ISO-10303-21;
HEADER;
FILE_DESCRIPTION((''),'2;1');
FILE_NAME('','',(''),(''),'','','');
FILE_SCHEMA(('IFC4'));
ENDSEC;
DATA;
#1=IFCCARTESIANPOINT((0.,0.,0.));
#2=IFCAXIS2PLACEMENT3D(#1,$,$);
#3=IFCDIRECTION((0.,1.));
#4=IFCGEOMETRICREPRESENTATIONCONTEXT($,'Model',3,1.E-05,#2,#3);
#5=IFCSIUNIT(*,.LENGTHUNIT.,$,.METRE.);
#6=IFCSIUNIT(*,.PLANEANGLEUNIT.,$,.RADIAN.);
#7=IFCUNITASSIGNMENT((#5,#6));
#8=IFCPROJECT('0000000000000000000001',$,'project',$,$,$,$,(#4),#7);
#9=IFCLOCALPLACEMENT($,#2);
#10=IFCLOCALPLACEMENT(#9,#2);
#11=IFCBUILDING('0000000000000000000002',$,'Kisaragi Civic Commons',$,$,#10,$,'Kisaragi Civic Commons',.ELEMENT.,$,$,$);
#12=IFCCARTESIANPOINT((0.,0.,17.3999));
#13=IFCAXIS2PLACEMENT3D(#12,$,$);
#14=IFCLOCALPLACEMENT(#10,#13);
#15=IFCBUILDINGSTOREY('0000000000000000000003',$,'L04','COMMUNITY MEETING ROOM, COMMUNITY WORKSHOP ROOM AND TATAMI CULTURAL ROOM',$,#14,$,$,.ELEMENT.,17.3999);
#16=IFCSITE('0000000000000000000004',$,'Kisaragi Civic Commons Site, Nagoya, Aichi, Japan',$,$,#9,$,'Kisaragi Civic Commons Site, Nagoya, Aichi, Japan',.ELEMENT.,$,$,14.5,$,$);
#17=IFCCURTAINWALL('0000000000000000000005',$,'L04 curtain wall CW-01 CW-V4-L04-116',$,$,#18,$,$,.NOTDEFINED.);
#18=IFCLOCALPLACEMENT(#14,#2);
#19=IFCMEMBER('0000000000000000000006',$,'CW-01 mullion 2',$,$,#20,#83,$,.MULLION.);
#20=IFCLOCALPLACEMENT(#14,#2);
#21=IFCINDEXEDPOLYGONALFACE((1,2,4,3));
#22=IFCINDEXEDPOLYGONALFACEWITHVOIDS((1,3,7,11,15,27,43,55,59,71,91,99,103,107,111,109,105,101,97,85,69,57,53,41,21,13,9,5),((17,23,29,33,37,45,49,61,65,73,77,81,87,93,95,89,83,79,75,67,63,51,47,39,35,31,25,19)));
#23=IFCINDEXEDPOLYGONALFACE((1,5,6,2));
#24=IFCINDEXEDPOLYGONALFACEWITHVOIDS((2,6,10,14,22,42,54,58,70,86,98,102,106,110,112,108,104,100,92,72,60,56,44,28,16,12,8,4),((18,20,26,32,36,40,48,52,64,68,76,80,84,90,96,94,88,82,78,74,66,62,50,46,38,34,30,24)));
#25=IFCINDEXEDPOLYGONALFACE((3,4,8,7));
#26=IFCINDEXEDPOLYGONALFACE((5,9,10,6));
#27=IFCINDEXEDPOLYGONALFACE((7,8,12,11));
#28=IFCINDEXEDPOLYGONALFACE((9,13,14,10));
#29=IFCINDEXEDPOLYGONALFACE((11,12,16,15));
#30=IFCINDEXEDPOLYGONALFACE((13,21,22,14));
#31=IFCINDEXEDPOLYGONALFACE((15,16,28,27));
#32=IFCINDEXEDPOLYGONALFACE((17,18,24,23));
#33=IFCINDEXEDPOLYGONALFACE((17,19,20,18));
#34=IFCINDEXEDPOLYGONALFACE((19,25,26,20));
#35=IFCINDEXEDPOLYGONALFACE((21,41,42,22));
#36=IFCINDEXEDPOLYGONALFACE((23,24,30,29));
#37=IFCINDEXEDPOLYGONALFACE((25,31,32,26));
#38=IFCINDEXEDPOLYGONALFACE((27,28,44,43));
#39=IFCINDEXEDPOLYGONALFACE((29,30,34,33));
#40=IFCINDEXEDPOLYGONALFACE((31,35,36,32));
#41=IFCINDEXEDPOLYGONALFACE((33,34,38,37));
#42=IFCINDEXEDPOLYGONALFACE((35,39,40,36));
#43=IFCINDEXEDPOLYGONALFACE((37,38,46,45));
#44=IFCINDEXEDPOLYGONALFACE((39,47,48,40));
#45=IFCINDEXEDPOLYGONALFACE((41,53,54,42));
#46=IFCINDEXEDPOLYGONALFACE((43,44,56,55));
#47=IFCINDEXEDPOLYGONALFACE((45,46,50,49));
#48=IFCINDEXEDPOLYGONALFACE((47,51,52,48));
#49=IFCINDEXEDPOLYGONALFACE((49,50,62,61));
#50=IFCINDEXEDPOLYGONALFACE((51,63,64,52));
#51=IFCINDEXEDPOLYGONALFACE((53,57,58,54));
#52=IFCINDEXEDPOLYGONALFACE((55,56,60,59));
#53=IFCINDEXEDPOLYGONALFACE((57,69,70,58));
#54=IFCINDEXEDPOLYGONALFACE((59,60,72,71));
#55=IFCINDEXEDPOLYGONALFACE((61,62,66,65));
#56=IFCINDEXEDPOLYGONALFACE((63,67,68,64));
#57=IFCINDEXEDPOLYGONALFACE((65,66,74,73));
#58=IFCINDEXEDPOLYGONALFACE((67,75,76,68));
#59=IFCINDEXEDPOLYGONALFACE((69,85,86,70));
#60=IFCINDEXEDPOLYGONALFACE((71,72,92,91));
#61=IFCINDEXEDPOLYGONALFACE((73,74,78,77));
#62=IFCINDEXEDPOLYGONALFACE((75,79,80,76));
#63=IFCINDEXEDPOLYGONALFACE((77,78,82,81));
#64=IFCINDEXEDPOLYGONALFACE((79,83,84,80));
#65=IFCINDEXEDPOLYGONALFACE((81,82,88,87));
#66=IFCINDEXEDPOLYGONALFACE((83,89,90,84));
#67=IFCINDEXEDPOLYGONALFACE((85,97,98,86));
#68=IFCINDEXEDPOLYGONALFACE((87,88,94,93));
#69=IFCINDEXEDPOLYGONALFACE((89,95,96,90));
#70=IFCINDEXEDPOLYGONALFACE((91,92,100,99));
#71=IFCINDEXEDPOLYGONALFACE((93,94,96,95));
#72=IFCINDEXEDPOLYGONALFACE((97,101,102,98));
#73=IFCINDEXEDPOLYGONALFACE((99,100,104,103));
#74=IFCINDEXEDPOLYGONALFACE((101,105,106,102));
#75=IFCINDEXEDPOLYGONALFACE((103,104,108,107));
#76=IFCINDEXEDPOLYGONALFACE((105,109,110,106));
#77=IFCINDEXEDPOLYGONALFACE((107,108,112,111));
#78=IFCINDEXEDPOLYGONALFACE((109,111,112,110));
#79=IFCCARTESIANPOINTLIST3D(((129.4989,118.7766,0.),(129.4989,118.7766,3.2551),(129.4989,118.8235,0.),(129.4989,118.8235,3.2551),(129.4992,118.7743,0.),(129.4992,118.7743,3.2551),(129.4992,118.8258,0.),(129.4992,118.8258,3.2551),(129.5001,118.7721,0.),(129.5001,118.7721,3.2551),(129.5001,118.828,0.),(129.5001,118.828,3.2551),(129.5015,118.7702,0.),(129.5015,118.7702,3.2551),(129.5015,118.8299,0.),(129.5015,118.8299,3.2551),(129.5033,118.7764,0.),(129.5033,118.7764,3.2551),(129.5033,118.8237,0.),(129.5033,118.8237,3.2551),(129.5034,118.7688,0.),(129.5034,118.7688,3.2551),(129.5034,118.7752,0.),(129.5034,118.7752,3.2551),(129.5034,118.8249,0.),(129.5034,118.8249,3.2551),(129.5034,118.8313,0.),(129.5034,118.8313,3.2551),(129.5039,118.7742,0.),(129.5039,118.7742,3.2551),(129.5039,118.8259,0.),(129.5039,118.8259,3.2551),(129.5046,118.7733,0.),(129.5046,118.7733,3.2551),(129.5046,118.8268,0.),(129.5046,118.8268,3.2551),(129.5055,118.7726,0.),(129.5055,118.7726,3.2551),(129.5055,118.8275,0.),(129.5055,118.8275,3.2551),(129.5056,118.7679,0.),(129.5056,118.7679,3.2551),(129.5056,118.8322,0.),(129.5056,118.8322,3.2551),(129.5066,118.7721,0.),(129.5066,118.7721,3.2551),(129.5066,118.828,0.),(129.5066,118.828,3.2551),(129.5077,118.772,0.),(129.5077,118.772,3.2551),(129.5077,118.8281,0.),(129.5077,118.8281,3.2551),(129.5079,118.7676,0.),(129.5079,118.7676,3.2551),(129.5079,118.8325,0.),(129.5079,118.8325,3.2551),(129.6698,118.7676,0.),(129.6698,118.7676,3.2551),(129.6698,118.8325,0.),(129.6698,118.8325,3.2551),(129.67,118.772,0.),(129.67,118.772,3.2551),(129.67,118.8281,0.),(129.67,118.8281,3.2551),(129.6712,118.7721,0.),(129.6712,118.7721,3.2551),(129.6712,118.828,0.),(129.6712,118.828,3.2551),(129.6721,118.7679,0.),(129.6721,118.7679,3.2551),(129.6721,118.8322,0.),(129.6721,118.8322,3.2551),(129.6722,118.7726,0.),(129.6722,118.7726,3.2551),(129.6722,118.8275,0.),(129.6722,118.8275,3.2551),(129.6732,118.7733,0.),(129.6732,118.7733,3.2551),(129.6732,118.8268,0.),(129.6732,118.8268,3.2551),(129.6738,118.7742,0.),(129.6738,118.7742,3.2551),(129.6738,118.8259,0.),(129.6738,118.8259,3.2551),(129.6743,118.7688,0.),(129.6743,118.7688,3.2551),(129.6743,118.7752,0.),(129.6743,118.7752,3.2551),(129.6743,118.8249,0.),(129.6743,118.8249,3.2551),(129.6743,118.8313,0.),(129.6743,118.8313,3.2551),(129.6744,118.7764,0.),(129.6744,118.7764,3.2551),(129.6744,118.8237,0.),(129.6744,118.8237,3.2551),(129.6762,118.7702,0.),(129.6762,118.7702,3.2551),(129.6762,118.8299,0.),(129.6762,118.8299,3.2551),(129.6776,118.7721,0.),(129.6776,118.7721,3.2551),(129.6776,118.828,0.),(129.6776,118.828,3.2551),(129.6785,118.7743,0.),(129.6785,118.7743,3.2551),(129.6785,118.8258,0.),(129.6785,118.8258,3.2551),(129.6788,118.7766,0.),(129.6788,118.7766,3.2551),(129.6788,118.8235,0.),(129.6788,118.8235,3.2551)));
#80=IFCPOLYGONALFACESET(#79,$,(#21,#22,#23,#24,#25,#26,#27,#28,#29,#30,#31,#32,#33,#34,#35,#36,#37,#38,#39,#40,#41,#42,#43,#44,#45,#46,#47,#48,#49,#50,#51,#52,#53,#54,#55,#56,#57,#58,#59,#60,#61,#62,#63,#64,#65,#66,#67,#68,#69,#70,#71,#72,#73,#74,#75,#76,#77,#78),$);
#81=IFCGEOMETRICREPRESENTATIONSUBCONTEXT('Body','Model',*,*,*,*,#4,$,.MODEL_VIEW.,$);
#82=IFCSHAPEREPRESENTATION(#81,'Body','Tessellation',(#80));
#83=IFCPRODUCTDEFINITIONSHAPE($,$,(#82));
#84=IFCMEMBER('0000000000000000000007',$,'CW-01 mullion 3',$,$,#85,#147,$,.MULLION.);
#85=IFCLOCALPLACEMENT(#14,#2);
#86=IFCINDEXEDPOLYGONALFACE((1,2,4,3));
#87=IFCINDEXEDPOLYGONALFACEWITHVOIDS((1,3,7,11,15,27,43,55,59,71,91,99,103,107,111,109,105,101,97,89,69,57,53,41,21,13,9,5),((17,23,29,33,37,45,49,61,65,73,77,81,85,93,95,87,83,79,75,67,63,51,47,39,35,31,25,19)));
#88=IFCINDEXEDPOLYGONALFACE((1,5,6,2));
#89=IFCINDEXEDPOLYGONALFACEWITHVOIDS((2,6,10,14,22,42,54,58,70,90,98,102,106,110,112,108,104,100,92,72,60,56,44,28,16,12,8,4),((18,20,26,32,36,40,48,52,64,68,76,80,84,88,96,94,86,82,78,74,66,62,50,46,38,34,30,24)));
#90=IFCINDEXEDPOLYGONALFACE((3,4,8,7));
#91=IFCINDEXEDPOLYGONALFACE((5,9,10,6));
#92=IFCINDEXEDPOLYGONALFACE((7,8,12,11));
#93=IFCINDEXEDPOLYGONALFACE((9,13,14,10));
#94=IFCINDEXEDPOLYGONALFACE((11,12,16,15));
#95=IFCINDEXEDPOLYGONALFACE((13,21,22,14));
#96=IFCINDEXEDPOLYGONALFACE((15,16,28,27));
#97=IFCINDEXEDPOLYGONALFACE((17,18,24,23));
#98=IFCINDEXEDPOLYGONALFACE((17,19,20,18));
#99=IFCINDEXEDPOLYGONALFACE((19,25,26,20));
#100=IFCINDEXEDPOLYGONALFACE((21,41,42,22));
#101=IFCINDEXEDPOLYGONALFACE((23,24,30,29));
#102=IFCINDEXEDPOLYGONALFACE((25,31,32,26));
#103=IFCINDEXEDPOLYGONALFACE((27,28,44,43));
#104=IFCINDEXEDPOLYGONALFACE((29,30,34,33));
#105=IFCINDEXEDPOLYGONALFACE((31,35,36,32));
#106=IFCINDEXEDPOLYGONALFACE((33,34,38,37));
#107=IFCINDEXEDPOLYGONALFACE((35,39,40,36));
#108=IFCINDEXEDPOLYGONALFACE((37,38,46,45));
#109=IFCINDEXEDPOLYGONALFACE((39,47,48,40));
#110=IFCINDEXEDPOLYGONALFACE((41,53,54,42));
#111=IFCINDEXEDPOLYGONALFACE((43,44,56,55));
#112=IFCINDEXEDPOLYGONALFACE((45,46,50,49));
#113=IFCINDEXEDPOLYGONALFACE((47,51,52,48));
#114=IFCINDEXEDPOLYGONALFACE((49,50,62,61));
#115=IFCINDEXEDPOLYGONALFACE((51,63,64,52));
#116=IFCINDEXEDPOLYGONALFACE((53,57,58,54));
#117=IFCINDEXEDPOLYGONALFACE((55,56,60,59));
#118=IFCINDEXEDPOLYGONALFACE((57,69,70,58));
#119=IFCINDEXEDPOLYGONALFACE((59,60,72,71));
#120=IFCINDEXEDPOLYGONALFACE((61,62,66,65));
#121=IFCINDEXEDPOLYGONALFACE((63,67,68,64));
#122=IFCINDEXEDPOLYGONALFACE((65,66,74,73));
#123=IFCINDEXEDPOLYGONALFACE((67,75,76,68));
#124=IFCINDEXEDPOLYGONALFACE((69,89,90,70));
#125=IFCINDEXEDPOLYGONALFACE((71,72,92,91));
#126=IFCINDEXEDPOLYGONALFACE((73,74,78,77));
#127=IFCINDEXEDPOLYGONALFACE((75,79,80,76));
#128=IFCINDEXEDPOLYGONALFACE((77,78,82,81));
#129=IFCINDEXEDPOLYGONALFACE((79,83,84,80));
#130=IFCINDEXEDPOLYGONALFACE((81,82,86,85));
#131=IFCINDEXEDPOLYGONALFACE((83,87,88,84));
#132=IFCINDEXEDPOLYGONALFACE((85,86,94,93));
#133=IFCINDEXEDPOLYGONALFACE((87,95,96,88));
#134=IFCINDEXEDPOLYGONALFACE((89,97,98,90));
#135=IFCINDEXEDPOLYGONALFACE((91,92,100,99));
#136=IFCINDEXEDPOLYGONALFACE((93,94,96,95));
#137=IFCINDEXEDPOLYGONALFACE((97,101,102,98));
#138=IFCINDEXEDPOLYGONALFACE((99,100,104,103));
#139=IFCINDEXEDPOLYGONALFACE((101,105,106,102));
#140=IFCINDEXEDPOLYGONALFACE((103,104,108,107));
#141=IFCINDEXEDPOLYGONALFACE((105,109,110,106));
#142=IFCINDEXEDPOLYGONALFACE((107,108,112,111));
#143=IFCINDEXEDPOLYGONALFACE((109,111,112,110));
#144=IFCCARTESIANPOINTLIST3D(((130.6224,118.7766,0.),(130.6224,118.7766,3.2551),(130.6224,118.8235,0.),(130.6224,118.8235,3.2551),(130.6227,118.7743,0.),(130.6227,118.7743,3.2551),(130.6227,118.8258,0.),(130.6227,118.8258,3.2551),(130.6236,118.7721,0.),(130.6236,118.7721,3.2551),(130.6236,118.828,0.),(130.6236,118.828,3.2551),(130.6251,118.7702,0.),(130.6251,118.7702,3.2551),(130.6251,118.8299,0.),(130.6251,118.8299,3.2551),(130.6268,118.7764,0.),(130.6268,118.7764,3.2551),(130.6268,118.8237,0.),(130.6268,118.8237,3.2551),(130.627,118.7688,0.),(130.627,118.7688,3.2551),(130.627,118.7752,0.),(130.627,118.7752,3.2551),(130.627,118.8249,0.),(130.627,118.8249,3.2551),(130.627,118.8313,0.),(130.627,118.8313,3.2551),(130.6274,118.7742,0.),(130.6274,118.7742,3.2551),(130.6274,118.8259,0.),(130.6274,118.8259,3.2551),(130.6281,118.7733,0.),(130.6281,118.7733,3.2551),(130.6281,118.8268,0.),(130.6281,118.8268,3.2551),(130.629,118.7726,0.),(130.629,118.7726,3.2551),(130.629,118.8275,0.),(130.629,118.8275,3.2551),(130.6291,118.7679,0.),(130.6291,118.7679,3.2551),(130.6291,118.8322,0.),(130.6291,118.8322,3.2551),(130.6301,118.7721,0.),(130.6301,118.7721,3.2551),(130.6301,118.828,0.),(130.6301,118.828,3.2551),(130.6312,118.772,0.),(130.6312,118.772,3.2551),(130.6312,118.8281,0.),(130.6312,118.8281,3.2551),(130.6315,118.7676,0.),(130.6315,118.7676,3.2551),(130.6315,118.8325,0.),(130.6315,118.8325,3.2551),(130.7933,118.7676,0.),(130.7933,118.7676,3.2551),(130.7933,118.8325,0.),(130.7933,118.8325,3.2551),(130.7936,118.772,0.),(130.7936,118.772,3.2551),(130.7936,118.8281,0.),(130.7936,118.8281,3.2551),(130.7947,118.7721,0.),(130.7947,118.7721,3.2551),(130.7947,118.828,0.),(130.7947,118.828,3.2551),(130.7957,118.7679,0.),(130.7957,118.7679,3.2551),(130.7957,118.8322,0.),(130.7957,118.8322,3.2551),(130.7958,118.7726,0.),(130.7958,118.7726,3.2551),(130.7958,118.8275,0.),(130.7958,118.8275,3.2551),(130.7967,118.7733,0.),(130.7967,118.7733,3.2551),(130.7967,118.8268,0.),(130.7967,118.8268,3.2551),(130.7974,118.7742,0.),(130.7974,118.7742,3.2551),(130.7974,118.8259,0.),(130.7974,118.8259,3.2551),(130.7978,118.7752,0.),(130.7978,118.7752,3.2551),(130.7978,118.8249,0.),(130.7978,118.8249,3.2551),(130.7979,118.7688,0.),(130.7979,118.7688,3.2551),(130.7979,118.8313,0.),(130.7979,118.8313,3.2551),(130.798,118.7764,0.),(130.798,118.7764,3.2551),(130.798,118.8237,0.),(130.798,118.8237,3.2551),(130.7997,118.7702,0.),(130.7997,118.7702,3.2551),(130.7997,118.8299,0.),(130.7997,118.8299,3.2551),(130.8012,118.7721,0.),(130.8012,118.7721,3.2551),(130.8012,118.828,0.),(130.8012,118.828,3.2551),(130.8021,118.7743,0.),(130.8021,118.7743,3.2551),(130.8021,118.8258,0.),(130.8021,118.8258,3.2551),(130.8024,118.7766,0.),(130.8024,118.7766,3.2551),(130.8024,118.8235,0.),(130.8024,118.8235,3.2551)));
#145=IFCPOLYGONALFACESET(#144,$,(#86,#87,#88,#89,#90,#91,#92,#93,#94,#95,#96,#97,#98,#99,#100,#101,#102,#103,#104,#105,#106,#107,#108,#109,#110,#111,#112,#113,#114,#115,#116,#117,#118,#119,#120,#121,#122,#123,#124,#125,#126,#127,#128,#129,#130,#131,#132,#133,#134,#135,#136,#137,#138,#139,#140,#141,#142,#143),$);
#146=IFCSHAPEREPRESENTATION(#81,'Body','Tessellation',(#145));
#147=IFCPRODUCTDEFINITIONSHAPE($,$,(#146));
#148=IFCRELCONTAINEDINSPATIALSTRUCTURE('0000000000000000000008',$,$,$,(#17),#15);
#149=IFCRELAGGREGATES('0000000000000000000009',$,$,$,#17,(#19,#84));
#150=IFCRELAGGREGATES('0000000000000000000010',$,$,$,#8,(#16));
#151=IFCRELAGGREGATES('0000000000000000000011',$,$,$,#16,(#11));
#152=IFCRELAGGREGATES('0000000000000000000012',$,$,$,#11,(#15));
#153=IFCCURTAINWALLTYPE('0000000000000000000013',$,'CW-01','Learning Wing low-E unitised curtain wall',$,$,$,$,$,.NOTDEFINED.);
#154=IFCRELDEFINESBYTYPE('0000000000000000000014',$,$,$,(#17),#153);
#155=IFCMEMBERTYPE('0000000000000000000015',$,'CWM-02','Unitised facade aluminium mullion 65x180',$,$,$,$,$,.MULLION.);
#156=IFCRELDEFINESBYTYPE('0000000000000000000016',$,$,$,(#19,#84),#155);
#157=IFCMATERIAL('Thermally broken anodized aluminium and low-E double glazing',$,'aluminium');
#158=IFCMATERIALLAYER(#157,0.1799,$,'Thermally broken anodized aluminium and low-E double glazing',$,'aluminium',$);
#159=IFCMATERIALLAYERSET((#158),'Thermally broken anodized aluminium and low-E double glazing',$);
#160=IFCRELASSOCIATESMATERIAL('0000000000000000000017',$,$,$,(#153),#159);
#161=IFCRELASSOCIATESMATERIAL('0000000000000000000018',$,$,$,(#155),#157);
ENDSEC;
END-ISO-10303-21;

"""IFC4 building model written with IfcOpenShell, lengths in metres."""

from ifc_helpers import new_model, si_unit, direction, frame, origin, origin_2d, place, context, subcontext, project, spatial, hollow_rectangle, extrude, material, layer, layer_set, material_profile, profile_set, type_object, element, aggregate, save


model = new_model("IFC4")

# Units and contexts
model_context = context("Model", 3, precision=1e-05, world=origin(), true_north=direction((0.0, 1.0)))
body_context = subcontext(model_context, "Body", "Model", "MODEL_VIEW")
ifc_project = project(units=[si_unit("LENGTHUNIT", "METRE"), si_unit("PLANEANGLEUNIT", "RADIAN")], contexts=[model_context])

# Site, building, storey
site_placement = place(None, origin())
site = spatial("IfcSite", under=ifc_project, at=site_placement, Name="Kisaragi Civic Commons Site, Nagoya, Aichi, Japan", LongName="Kisaragi Civic Commons Site, Nagoya, Aichi, Japan", CompositionType="ELEMENT", RefElevation=14.5)
building_placement = place(site_placement, origin())
building = spatial("IfcBuilding", under=site, at=building_placement, Name="Kisaragi Civic Commons", LongName="Kisaragi Civic Commons", CompositionType="ELEMENT")
storey_placement = place(building_placement, frame((0.0, 0.0, 17.3999)))
storey = spatial("IfcBuildingStorey", under=building, at=storey_placement, Name="L04", Description="COMMUNITY MEETING ROOM, COMMUNITY WORKSHOP ROOM AND TATAMI CULTURAL ROOM", CompositionType="ELEMENT", Elevation=17.3999)

# Shared definitions
ifc_material_1 = material(Name="Thermally broken anodized aluminium and low-E double glazing", Category="aluminium")
ifc_layer_1 = layer(ifc_material_1, 0.1799, Name="Thermally broken anodized aluminium and low-E double glazing", Category="aluminium")
ifc_layer_set_1 = layer_set([ifc_layer_1], Name="Thermally broken anodized aluminium and low-E double glazing")
curtain_wall_type = type_object("IfcCurtainWallType", Name="CW-01", Description="Learning Wing low-E unitised curtain wall", PredefinedType="NOTDEFINED", material=ifc_layer_set_1)
ifc_material_profile_1 = material_profile(ifc_material_1, hollow_rectangle(XDim=0.0649, YDim=0.1799, WallThickness=0.0044, InnerFilletRadius=0.0044, OuterFilletRadius=0.009, at=origin_2d()), Name="CWM-65x180x4.5", Category="aluminium")
ifc_profile_set_1 = profile_set([ifc_material_profile_1], Name="Thermally broken anodized aluminium and low-E double glazing")
member_type_1 = type_object("IfcMemberType", Name="CWM-02", Description="Unitised facade aluminium mullion 65x180", PredefinedType="MULLION", material=ifc_profile_set_1)

# Curtain wall, members
curtain_wall_1_placement = place(storey_placement, origin())
curtain_wall_1 = element("IfcCurtainWall", 1, at=curtain_wall_1_placement, inside=storey, type_object=curtain_wall_type, Name="L04 curtain wall CW-01 CW-V4-L04-116", PredefinedType="NOTDEFINED")
member_1_placement = place(storey_placement, frame((129.5889, 118.8, 0.0), z_axis=(0.0, 0.0, 1.0), x_axis=(0.0, 1.0, 0.0)))
member_1 = element("IfcMember", 2, at=member_1_placement, type_object=member_type_1, Name="CW-01 mullion 2", PredefinedType="MULLION", context=body_context, shape_type="SweptSolid", body=[
    extrude(hollow_rectangle(XDim=0.0649, YDim=0.1799, WallThickness=0.0044, InnerFilletRadius=0.0044, OuterFilletRadius=0.009, at=origin_2d()), origin(), (0.0, 0.0, 1.0), 3.2551),
])
member_2_placement = place(storey_placement, frame((130.7124, 118.8, 0.0), z_axis=(0.0, 0.0, 1.0), x_axis=(0.0, 1.0, 0.0)))
member_2 = element("IfcMember", 3, at=member_2_placement, type_object=member_type_1, Name="CW-01 mullion 3", PredefinedType="MULLION", context=body_context, shape_type="SweptSolid", body=[
    extrude(hollow_rectangle(XDim=0.0649, YDim=0.1799, WallThickness=0.0044, InnerFilletRadius=0.0044, OuterFilletRadius=0.009, at=origin_2d()), origin(), (0.0, 0.0, 1.0), 3.2551),
])

aggregate(curtain_wall_1, [member_1, member_2])

save(model, "model.ifc")
